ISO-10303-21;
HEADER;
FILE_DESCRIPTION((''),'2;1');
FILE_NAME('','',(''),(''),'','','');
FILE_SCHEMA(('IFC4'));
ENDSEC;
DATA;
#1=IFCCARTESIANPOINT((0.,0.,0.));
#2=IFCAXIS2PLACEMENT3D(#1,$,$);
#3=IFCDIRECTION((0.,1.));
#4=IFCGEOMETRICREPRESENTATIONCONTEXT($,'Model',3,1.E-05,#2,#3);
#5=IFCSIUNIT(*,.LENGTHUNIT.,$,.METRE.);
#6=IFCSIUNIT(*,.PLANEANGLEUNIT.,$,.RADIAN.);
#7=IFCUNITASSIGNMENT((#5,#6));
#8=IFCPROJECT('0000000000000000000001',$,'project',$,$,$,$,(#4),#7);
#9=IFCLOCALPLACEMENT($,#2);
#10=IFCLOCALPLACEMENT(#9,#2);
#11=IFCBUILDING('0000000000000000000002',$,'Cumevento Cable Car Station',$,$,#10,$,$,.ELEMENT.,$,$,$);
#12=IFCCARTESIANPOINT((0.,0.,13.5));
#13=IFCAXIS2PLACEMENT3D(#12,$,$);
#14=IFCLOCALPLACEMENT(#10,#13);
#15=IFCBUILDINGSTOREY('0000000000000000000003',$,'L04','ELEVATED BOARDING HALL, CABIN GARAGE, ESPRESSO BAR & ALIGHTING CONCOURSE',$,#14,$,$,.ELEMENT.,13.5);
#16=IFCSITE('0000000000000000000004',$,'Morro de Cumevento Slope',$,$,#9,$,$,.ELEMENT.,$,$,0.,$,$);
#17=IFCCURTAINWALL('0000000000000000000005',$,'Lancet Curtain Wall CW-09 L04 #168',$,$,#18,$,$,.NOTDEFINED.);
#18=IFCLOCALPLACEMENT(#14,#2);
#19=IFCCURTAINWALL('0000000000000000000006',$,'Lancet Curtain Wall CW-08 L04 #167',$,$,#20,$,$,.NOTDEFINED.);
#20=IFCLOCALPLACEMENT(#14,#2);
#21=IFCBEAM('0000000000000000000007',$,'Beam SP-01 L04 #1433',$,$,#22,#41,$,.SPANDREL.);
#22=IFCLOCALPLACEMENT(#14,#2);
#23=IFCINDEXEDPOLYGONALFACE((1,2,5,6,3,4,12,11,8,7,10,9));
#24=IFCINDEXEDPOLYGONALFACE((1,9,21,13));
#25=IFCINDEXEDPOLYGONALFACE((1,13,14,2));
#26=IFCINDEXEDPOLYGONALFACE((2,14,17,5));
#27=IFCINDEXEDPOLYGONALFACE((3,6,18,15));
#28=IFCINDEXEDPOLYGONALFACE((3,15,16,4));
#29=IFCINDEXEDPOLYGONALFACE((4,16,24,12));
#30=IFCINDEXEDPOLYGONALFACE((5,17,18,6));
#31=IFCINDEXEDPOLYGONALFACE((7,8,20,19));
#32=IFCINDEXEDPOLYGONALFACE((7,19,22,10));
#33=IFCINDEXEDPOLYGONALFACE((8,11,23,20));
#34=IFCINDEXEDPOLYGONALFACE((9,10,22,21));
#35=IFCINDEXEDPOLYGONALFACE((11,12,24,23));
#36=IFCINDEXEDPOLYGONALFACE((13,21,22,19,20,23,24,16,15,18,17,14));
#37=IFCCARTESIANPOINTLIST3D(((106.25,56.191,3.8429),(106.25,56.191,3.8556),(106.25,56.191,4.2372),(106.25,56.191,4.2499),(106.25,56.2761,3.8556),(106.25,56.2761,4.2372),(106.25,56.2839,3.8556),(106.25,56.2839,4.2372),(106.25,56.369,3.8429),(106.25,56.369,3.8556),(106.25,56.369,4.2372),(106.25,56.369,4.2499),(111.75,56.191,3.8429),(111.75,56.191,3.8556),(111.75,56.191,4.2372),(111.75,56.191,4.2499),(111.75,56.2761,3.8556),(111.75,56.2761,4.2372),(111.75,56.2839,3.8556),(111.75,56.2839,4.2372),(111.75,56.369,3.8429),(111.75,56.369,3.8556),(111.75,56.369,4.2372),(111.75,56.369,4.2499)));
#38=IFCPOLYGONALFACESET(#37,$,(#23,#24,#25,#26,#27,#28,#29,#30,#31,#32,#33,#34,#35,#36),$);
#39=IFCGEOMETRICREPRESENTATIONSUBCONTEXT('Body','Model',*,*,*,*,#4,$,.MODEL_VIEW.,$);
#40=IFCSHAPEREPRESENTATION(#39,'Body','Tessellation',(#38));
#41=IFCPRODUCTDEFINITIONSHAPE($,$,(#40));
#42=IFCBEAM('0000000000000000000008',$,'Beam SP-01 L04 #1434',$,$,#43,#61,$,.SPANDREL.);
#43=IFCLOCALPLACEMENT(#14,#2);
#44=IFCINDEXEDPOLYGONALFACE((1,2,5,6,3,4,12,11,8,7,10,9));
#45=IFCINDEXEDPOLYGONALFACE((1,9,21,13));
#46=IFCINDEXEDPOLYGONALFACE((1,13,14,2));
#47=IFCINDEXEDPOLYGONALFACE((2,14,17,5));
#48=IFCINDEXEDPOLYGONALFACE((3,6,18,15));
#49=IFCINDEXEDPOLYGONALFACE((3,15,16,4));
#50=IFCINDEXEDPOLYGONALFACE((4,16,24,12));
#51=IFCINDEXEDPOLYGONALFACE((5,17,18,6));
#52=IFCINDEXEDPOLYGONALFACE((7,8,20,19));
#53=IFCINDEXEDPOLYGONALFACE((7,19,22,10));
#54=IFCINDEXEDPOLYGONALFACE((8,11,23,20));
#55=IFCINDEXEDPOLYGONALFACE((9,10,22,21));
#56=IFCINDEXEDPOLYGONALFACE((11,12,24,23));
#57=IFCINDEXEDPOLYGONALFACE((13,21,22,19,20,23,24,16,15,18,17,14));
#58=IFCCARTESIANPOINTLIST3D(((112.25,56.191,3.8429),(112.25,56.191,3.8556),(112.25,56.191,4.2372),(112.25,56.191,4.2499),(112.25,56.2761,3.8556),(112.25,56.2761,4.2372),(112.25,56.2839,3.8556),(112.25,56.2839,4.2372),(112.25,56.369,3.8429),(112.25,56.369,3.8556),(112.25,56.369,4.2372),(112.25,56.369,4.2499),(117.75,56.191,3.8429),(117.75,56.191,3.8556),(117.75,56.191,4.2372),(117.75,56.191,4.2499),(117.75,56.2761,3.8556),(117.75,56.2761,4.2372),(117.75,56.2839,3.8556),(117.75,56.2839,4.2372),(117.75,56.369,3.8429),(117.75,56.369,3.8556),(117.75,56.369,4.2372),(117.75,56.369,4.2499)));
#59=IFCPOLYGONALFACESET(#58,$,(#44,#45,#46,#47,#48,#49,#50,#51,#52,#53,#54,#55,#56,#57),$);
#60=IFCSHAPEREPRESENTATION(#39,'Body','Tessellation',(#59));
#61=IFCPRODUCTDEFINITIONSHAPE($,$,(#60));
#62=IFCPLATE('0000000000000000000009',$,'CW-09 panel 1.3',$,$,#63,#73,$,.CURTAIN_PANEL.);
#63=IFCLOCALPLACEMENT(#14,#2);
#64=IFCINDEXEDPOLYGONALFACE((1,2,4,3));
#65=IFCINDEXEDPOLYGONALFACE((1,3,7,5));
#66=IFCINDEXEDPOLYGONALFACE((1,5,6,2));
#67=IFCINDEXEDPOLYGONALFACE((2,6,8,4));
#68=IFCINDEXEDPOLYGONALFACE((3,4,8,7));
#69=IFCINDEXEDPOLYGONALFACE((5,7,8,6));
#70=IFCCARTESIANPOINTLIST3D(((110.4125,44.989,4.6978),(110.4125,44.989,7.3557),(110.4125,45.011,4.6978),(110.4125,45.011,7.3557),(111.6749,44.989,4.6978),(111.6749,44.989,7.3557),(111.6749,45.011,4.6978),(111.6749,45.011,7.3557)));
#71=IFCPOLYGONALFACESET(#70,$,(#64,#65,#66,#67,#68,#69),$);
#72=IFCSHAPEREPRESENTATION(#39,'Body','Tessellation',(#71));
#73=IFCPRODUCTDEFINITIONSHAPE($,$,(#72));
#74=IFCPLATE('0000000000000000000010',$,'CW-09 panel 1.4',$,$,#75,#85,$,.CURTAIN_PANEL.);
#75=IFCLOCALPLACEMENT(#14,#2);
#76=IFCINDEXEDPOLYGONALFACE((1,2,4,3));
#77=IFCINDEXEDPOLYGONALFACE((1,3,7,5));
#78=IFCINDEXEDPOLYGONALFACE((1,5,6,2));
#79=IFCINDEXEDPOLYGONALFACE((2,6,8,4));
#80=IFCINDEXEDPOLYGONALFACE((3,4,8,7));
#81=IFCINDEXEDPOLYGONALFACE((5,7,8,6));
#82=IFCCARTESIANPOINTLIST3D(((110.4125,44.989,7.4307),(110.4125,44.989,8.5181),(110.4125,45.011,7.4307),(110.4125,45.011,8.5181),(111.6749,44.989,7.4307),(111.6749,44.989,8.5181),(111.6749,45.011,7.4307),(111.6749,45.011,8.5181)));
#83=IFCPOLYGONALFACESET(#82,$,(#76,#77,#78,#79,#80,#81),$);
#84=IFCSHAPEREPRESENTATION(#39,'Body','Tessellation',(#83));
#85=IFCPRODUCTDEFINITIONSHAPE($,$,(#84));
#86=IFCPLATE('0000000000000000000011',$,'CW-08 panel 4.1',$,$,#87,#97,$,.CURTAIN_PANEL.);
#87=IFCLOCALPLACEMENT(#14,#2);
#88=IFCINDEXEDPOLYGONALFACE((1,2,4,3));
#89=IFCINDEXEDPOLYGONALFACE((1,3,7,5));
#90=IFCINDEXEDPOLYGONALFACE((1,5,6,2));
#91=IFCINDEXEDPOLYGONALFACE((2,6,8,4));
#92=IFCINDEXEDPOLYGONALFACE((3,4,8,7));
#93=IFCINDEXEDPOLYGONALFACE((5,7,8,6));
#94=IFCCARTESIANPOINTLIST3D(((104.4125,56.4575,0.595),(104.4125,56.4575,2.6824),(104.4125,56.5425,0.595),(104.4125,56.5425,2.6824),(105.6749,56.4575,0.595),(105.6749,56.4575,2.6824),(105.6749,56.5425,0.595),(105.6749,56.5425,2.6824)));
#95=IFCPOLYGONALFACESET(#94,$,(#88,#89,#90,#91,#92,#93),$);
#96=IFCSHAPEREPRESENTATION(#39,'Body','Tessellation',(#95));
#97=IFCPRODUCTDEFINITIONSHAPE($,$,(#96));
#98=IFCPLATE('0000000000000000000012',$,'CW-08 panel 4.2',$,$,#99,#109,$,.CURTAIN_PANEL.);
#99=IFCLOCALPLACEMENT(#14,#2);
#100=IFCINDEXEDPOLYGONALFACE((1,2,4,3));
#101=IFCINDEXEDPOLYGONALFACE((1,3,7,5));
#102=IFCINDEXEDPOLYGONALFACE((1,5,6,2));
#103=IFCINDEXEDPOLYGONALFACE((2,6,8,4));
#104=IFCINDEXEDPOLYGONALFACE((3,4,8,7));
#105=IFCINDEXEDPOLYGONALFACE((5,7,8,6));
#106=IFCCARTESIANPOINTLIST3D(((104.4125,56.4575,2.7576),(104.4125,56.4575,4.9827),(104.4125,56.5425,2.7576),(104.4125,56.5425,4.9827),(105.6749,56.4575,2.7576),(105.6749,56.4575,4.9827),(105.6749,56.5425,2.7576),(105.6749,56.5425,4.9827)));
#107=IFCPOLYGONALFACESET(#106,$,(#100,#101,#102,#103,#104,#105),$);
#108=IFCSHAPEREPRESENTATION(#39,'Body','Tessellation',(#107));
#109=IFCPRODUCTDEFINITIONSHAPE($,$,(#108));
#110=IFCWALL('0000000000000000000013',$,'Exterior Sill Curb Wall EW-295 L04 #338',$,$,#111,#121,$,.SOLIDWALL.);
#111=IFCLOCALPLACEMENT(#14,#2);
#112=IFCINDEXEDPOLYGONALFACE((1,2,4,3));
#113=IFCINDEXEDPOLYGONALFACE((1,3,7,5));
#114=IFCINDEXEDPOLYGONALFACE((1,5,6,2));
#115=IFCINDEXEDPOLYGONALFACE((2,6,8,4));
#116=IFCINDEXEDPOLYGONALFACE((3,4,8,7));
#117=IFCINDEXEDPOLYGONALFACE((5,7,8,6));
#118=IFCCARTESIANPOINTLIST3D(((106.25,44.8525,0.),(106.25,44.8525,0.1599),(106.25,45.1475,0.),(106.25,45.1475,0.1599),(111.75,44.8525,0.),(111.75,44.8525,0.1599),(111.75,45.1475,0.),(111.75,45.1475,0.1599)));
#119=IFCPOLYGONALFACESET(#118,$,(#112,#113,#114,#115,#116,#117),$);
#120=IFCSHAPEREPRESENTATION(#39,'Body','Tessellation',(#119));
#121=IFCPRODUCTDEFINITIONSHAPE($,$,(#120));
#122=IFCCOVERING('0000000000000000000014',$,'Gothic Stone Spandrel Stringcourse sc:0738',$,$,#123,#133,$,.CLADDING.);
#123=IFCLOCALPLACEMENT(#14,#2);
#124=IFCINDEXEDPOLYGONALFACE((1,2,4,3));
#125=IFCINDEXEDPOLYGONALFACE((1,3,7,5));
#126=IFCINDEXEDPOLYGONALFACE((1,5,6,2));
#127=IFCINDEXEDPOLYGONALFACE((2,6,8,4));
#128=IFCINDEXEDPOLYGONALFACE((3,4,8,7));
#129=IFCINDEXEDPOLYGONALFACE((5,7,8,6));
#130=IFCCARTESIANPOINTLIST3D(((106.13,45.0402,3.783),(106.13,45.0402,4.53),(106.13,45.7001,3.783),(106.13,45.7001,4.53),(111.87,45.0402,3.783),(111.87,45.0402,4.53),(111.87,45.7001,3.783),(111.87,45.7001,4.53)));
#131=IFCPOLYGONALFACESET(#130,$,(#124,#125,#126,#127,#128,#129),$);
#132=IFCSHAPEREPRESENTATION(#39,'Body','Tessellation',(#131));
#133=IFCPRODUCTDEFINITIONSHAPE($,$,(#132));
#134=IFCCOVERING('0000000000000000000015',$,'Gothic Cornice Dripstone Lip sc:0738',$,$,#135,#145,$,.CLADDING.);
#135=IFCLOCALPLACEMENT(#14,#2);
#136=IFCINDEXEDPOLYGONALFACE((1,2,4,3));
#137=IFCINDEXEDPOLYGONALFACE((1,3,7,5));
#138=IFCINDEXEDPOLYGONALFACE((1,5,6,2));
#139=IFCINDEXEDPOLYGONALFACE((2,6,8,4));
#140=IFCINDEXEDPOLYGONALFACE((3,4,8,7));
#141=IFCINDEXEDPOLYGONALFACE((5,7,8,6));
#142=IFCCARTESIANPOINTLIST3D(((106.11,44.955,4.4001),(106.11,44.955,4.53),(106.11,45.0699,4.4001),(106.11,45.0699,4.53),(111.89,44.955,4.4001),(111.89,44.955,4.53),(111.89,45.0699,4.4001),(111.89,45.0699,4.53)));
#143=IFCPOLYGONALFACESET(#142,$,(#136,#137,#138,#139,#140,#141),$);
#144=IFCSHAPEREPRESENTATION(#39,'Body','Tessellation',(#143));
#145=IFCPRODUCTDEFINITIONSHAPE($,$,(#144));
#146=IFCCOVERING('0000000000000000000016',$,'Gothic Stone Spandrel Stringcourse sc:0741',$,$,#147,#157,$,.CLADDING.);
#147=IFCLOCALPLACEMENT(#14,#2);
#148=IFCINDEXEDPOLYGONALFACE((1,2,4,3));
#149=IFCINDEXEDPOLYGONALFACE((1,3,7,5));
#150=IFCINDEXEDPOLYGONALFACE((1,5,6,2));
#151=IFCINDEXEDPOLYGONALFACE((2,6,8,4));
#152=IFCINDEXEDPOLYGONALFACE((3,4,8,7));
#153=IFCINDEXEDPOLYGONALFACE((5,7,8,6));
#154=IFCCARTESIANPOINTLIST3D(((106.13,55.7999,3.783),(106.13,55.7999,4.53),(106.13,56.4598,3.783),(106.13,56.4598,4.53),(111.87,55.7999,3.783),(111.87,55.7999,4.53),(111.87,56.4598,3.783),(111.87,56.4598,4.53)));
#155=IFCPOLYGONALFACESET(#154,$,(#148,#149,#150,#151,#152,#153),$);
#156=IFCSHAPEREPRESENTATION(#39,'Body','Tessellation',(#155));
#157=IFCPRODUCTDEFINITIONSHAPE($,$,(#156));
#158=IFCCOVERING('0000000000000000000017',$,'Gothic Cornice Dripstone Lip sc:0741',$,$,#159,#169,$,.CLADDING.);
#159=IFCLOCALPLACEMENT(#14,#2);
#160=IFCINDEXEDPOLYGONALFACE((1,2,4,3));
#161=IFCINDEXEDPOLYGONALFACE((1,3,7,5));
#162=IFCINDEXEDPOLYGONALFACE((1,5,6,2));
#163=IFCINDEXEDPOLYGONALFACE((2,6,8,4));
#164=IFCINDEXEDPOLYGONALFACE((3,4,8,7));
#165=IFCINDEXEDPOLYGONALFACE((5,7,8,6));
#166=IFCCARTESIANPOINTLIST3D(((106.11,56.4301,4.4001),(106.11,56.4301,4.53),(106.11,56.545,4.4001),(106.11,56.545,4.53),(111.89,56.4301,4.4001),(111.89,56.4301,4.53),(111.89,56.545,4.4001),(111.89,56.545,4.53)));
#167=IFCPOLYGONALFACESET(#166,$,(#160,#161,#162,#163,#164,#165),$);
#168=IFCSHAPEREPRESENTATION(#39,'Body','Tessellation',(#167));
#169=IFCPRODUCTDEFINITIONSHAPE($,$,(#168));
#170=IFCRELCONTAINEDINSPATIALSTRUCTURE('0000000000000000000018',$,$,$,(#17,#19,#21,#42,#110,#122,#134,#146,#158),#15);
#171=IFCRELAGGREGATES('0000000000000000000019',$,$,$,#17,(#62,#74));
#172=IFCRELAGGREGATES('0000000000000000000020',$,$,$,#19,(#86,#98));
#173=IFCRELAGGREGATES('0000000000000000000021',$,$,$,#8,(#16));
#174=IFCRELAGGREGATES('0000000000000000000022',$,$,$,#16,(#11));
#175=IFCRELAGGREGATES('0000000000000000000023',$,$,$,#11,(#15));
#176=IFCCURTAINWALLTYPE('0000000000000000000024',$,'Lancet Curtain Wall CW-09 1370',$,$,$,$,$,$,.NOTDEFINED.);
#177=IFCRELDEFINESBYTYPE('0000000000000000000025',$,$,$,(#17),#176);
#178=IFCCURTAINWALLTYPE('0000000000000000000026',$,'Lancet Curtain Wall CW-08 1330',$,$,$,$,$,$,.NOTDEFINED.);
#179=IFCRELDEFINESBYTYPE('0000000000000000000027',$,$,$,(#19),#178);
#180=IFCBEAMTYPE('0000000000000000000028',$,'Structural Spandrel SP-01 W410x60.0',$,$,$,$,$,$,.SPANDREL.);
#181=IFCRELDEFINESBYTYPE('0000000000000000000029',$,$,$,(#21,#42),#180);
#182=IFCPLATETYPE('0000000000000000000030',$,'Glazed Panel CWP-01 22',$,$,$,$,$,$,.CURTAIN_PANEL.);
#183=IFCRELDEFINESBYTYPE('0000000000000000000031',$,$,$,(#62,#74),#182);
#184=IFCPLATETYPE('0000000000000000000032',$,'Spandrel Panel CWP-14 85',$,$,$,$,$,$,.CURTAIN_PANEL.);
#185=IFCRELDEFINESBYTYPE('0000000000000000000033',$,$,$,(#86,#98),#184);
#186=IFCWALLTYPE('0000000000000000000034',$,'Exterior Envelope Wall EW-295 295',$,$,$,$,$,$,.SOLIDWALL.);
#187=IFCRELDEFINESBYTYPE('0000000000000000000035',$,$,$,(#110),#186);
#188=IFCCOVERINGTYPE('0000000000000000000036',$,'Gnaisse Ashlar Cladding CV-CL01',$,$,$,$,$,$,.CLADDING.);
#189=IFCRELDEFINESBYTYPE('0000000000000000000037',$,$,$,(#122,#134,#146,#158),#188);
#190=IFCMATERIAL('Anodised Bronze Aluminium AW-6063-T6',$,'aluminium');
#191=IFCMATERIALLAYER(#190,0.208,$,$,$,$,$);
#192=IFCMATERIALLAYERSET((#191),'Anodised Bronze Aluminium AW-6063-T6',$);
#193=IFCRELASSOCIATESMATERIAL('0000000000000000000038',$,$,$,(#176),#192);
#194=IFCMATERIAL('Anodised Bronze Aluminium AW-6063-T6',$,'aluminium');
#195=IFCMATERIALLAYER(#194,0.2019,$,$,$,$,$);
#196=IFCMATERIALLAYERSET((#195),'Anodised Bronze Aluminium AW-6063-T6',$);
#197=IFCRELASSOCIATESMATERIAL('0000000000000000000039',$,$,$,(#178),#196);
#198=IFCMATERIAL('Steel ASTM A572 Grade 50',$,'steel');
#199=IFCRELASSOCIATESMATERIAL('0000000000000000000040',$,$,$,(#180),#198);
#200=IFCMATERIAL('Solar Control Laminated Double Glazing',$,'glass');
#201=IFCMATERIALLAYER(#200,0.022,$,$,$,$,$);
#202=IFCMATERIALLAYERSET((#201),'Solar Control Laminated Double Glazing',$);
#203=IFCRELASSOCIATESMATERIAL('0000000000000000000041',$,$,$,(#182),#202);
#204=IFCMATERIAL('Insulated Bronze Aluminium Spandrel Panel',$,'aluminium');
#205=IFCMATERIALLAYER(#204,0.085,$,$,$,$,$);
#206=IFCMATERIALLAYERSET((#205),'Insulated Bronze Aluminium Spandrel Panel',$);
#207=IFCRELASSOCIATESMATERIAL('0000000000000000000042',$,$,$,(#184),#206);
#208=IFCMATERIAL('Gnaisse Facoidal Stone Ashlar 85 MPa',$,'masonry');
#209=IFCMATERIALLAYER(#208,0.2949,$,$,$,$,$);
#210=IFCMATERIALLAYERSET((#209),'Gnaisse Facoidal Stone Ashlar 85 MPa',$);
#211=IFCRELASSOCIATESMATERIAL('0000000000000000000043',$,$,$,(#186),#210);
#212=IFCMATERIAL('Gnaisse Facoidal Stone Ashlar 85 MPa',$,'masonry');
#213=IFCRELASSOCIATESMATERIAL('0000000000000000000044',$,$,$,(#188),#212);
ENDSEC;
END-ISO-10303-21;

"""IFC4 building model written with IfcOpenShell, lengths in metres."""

from ifc_helpers import new_model, si_unit, direction, frame, frame_2d, origin, origin_2d, place, context, subcontext, project, spatial, rectangle, i_section, extrude, material, layer, layer_set, material_profile, profile_set, type_object, element, aggregate, save


model = new_model("IFC4")

# Units and contexts
model_context = context("Model", 3, precision=1e-05, world=origin(), true_north=direction((0.0, 1.0)))
body_context = subcontext(model_context, "Body", "Model", "MODEL_VIEW")
ifc_project = project(units=[si_unit("LENGTHUNIT", "METRE"), si_unit("PLANEANGLEUNIT", "RADIAN")], contexts=[model_context])

# Site, building, storey
site_placement = place(None, origin())
site = spatial("IfcSite", under=ifc_project, at=site_placement, Name="Morro de Cumevento Slope", CompositionType="ELEMENT", RefElevation=0.0)
building_placement = place(site_placement, origin())
building = spatial("IfcBuilding", under=site, at=building_placement, Name="Cumevento Cable Car Station", CompositionType="ELEMENT")
storey_placement = place(building_placement, frame((0.0, 0.0, 13.5)))
storey = spatial("IfcBuildingStorey", under=building, at=storey_placement, Name="L04", Description="ELEVATED BOARDING HALL, CABIN GARAGE, ESPRESSO BAR & ALIGHTING CONCOURSE", CompositionType="ELEMENT", Elevation=13.5)

# Curtain walls
ifc_material_1 = material(Name="Anodised Bronze Aluminium AW-6063-T6", Category="aluminium")
ifc_layer_1 = layer(ifc_material_1, 0.208)
ifc_layer_set_1 = layer_set([ifc_layer_1], Name="Anodised Bronze Aluminium AW-6063-T6")
curtain_wall_type_1 = type_object("IfcCurtainWallType", Name="Lancet Curtain Wall CW-09 1370", PredefinedType="NOTDEFINED", material=ifc_layer_set_1)
curtain_wall_1_placement = place(storey_placement, origin())
curtain_wall_1 = element("IfcCurtainWall", 1, at=curtain_wall_1_placement, inside=storey, type_object=curtain_wall_type_1, Name="Lancet Curtain Wall CW-09 L04 #168", PredefinedType="NOTDEFINED")
ifc_material_2 = material(Name="Anodised Bronze Aluminium AW-6063-T6", Category="aluminium")
ifc_layer_2 = layer(ifc_material_2, 0.2019)
ifc_layer_set_2 = layer_set([ifc_layer_2], Name="Anodised Bronze Aluminium AW-6063-T6")
curtain_wall_type_2 = type_object("IfcCurtainWallType", Name="Lancet Curtain Wall CW-08 1330", PredefinedType="NOTDEFINED", material=ifc_layer_set_2)
curtain_wall_2_placement = place(storey_placement, origin())
curtain_wall_2 = element("IfcCurtainWall", 2, at=curtain_wall_2_placement, inside=storey, type_object=curtain_wall_type_2, Name="Lancet Curtain Wall CW-08 L04 #167", PredefinedType="NOTDEFINED")

# Beams
ifc_material_3 = material(Name="Steel ASTM A572 Grade 50", Category="steel")
ifc_material_profile_1 = material_profile(ifc_material_3, i_section(OverallWidth=0.178, OverallDepth=0.407, WebThickness=0.0078, FlangeThickness=0.0127, at=origin_2d()), Name="W410x60.0")
ifc_profile_set_1 = profile_set([ifc_material_profile_1], Name="Steel ASTM A572 Grade 50")
beam_type = type_object("IfcBeamType", Name="Structural Spandrel SP-01 W410x60.0", PredefinedType="SPANDREL", material=ifc_profile_set_1)
for number, where, z_axis, x_axis, name in (
    (3, (106.25, 56.28, 4.0464), (1.0, 0.0, 0.0), (0.0, 1.0, 0.0), "Beam SP-01 L04 #1433"),
    (4, (112.25, 56.28, 4.0464), (1.0, 0.0, 0.0), (0.0, 1.0, 0.0), "Beam SP-01 L04 #1434"),
):
    element("IfcBeam", number, at=place(storey_placement, frame(where, z_axis=z_axis, x_axis=x_axis)), inside=storey, type_object=beam_type, Name=name, PredefinedType="SPANDREL", context=body_context, shape_type="SweptSolid", body=[
        extrude(i_section(OverallWidth=0.178, OverallDepth=0.407, WebThickness=0.0078, FlangeThickness=0.0127, at=origin_2d()), origin(), (0.0, 0.0, 1.0), 5.5),
    ])

# Plates
ifc_material_4 = material(Name="Solar Control Laminated Double Glazing", Category="glass")
ifc_layer_3 = layer(ifc_material_4, 0.022)
ifc_layer_set_3 = layer_set([ifc_layer_3], Name="Solar Control Laminated Double Glazing")
plate_type_1 = type_object("IfcPlateType", Name="Glazed Panel CWP-01 22", PredefinedType="CURTAIN_PANEL", material=ifc_layer_set_3)
plate_1_placement = place(storey_placement, frame((111.0437, 45.0, 4.6978), z_axis=(0.0, 0.0, 1.0), x_axis=(-1.0, 0.0, 0.0)))
plate_1 = element("IfcPlate", 5, at=plate_1_placement, type_object=plate_type_1, Name="CW-09 panel 1.3", PredefinedType="CURTAIN_PANEL", context=body_context, shape_type="SweptSolid", body=[
    extrude(rectangle(XDim=1.2625, YDim=0.022, at=origin_2d()), origin(), (0.0, 0.0, 1.0), 2.658),
])
plate_2_placement = place(storey_placement, frame((111.0437, 45.0, 7.4307), z_axis=(0.0, 0.0, 1.0), x_axis=(-1.0, 0.0, 0.0)))
plate_2 = element("IfcPlate", 6, at=plate_2_placement, type_object=plate_type_1, Name="CW-09 panel 1.4", PredefinedType="CURTAIN_PANEL", context=body_context, shape_type="SweptSolid", body=[
    extrude(rectangle(XDim=1.2625, YDim=0.022, at=origin_2d()), origin(), (0.0, 0.0, 1.0), 1.0874),
])
aggregate(curtain_wall_1, [plate_1, plate_2])
ifc_material_5 = material(Name="Insulated Bronze Aluminium Spandrel Panel", Category="aluminium")
ifc_layer_4 = layer(ifc_material_5, 0.085)
ifc_layer_set_4 = layer_set([ifc_layer_4], Name="Insulated Bronze Aluminium Spandrel Panel")
plate_type_2 = type_object("IfcPlateType", Name="Spandrel Panel CWP-14 85", PredefinedType="CURTAIN_PANEL", material=ifc_layer_set_4)
plate_3_placement = place(storey_placement, frame((105.0437, 56.5, 0.595), z_axis=(0.0, 0.0, 1.0), x_axis=(1.0, 0.0, 0.0)))
plate_3 = element("IfcPlate", 7, at=plate_3_placement, type_object=plate_type_2, Name="CW-08 panel 4.1", PredefinedType="CURTAIN_PANEL", context=body_context, shape_type="SweptSolid", body=[
    extrude(rectangle(XDim=1.2625, YDim=0.085, at=origin_2d()), origin(), (0.0, 0.0, 1.0), 2.0874),
])
plate_4_placement = place(storey_placement, frame((105.0437, 56.5, 2.7576), z_axis=(0.0, 0.0, 1.0), x_axis=(1.0, 0.0, 0.0)))
plate_4 = element("IfcPlate", 8, at=plate_4_placement, type_object=plate_type_2, Name="CW-08 panel 4.2", PredefinedType="CURTAIN_PANEL", context=body_context, shape_type="SweptSolid", body=[
    extrude(rectangle(XDim=1.2625, YDim=0.085, at=origin_2d()), origin(), (0.0, 0.0, 1.0), 2.2251),
])
aggregate(curtain_wall_2, [plate_3, plate_4])

# Wall
ifc_material_6 = material(Name="Gnaisse Facoidal Stone Ashlar 85 MPa", Category="masonry")
ifc_layer_5 = layer(ifc_material_6, 0.2949)
ifc_layer_set_5 = layer_set([ifc_layer_5], Name="Gnaisse Facoidal Stone Ashlar 85 MPa")
wall_type = type_object("IfcWallType", Name="Exterior Envelope Wall EW-295 295", PredefinedType="SOLIDWALL", material=ifc_layer_set_5)
wall_placement = place(storey_placement, frame((111.75, 45.0, 0.0), z_axis=(0.0, 0.0, 1.0), x_axis=(-1.0, 0.0, 0.0)))
element("IfcWall", 9, at=wall_placement, inside=storey, type_object=wall_type, Name="Exterior Sill Curb Wall EW-295 L04 #338", PredefinedType="SOLIDWALL", context=body_context, shape_type="SweptSolid", body=[
    extrude(rectangle(XDim=5.5, YDim=0.2949, at=frame_2d((2.75, 0.0))), origin(), (0.0, 0.0, 1.0), 0.1599),
])

# Coverings
ifc_material_7 = material(Name="Gnaisse Facoidal Stone Ashlar 85 MPa", Category="masonry")
covering_type = type_object("IfcCoveringType", Name="Gnaisse Ashlar Cladding CV-CL01", PredefinedType="CLADDING", material=ifc_material_7)
covering_1_placement = place(storey_placement, frame((109.0, 45.3701, 3.783), z_axis=(0.0, 0.0, 1.0), x_axis=(-1.0, 0.0, 0.0)))
element("IfcCovering", 10, at=covering_1_placement, inside=storey, type_object=covering_type, Name="Gothic Stone Spandrel Stringcourse sc:0738", PredefinedType="CLADDING", context=body_context, shape_type="SweptSolid", body=[
    extrude(rectangle(XDim=5.74, YDim=0.6599, at=origin_2d()), origin(), (0.0, 0.0, 1.0), 0.7471),
])
covering_2_placement = place(storey_placement, frame((109.0, 45.0125, 4.4001), z_axis=(0.0, 0.0, 1.0), x_axis=(-1.0, 0.0, 0.0)))
element("IfcCovering", 11, at=covering_2_placement, inside=storey, type_object=covering_type, Name="Gothic Cornice Dripstone Lip sc:0738", PredefinedType="CLADDING", context=body_context, shape_type="SweptSolid", body=[
    extrude(rectangle(XDim=5.78, YDim=0.115, at=origin_2d()), origin(), (0.0, 0.0, 1.0), 0.1299),
])
covering_3_placement = place(storey_placement, frame((109.0, 56.1299, 3.783), z_axis=(0.0, 0.0, 1.0), x_axis=(1.0, 0.0, 0.0)))
element("IfcCovering", 12, at=covering_3_placement, inside=storey, type_object=covering_type, Name="Gothic Stone Spandrel Stringcourse sc:0741", PredefinedType="CLADDING", context=body_context, shape_type="SweptSolid", body=[
    extrude(rectangle(XDim=5.74, YDim=0.6599, at=origin_2d()), origin(), (0.0, 0.0, 1.0), 0.7471),
])
covering_4_placement = place(storey_placement, frame((109.0, 56.4875, 4.4001), z_axis=(0.0, 0.0, 1.0), x_axis=(1.0, 0.0, 0.0)))
element("IfcCovering", 13, at=covering_4_placement, inside=storey, type_object=covering_type, Name="Gothic Cornice Dripstone Lip sc:0741", PredefinedType="CLADDING", context=body_context, shape_type="SweptSolid", body=[
    extrude(rectangle(XDim=5.78, YDim=0.115, at=origin_2d()), origin(), (0.0, 0.0, 1.0), 0.1299),
])

save(model, "model.ifc")
